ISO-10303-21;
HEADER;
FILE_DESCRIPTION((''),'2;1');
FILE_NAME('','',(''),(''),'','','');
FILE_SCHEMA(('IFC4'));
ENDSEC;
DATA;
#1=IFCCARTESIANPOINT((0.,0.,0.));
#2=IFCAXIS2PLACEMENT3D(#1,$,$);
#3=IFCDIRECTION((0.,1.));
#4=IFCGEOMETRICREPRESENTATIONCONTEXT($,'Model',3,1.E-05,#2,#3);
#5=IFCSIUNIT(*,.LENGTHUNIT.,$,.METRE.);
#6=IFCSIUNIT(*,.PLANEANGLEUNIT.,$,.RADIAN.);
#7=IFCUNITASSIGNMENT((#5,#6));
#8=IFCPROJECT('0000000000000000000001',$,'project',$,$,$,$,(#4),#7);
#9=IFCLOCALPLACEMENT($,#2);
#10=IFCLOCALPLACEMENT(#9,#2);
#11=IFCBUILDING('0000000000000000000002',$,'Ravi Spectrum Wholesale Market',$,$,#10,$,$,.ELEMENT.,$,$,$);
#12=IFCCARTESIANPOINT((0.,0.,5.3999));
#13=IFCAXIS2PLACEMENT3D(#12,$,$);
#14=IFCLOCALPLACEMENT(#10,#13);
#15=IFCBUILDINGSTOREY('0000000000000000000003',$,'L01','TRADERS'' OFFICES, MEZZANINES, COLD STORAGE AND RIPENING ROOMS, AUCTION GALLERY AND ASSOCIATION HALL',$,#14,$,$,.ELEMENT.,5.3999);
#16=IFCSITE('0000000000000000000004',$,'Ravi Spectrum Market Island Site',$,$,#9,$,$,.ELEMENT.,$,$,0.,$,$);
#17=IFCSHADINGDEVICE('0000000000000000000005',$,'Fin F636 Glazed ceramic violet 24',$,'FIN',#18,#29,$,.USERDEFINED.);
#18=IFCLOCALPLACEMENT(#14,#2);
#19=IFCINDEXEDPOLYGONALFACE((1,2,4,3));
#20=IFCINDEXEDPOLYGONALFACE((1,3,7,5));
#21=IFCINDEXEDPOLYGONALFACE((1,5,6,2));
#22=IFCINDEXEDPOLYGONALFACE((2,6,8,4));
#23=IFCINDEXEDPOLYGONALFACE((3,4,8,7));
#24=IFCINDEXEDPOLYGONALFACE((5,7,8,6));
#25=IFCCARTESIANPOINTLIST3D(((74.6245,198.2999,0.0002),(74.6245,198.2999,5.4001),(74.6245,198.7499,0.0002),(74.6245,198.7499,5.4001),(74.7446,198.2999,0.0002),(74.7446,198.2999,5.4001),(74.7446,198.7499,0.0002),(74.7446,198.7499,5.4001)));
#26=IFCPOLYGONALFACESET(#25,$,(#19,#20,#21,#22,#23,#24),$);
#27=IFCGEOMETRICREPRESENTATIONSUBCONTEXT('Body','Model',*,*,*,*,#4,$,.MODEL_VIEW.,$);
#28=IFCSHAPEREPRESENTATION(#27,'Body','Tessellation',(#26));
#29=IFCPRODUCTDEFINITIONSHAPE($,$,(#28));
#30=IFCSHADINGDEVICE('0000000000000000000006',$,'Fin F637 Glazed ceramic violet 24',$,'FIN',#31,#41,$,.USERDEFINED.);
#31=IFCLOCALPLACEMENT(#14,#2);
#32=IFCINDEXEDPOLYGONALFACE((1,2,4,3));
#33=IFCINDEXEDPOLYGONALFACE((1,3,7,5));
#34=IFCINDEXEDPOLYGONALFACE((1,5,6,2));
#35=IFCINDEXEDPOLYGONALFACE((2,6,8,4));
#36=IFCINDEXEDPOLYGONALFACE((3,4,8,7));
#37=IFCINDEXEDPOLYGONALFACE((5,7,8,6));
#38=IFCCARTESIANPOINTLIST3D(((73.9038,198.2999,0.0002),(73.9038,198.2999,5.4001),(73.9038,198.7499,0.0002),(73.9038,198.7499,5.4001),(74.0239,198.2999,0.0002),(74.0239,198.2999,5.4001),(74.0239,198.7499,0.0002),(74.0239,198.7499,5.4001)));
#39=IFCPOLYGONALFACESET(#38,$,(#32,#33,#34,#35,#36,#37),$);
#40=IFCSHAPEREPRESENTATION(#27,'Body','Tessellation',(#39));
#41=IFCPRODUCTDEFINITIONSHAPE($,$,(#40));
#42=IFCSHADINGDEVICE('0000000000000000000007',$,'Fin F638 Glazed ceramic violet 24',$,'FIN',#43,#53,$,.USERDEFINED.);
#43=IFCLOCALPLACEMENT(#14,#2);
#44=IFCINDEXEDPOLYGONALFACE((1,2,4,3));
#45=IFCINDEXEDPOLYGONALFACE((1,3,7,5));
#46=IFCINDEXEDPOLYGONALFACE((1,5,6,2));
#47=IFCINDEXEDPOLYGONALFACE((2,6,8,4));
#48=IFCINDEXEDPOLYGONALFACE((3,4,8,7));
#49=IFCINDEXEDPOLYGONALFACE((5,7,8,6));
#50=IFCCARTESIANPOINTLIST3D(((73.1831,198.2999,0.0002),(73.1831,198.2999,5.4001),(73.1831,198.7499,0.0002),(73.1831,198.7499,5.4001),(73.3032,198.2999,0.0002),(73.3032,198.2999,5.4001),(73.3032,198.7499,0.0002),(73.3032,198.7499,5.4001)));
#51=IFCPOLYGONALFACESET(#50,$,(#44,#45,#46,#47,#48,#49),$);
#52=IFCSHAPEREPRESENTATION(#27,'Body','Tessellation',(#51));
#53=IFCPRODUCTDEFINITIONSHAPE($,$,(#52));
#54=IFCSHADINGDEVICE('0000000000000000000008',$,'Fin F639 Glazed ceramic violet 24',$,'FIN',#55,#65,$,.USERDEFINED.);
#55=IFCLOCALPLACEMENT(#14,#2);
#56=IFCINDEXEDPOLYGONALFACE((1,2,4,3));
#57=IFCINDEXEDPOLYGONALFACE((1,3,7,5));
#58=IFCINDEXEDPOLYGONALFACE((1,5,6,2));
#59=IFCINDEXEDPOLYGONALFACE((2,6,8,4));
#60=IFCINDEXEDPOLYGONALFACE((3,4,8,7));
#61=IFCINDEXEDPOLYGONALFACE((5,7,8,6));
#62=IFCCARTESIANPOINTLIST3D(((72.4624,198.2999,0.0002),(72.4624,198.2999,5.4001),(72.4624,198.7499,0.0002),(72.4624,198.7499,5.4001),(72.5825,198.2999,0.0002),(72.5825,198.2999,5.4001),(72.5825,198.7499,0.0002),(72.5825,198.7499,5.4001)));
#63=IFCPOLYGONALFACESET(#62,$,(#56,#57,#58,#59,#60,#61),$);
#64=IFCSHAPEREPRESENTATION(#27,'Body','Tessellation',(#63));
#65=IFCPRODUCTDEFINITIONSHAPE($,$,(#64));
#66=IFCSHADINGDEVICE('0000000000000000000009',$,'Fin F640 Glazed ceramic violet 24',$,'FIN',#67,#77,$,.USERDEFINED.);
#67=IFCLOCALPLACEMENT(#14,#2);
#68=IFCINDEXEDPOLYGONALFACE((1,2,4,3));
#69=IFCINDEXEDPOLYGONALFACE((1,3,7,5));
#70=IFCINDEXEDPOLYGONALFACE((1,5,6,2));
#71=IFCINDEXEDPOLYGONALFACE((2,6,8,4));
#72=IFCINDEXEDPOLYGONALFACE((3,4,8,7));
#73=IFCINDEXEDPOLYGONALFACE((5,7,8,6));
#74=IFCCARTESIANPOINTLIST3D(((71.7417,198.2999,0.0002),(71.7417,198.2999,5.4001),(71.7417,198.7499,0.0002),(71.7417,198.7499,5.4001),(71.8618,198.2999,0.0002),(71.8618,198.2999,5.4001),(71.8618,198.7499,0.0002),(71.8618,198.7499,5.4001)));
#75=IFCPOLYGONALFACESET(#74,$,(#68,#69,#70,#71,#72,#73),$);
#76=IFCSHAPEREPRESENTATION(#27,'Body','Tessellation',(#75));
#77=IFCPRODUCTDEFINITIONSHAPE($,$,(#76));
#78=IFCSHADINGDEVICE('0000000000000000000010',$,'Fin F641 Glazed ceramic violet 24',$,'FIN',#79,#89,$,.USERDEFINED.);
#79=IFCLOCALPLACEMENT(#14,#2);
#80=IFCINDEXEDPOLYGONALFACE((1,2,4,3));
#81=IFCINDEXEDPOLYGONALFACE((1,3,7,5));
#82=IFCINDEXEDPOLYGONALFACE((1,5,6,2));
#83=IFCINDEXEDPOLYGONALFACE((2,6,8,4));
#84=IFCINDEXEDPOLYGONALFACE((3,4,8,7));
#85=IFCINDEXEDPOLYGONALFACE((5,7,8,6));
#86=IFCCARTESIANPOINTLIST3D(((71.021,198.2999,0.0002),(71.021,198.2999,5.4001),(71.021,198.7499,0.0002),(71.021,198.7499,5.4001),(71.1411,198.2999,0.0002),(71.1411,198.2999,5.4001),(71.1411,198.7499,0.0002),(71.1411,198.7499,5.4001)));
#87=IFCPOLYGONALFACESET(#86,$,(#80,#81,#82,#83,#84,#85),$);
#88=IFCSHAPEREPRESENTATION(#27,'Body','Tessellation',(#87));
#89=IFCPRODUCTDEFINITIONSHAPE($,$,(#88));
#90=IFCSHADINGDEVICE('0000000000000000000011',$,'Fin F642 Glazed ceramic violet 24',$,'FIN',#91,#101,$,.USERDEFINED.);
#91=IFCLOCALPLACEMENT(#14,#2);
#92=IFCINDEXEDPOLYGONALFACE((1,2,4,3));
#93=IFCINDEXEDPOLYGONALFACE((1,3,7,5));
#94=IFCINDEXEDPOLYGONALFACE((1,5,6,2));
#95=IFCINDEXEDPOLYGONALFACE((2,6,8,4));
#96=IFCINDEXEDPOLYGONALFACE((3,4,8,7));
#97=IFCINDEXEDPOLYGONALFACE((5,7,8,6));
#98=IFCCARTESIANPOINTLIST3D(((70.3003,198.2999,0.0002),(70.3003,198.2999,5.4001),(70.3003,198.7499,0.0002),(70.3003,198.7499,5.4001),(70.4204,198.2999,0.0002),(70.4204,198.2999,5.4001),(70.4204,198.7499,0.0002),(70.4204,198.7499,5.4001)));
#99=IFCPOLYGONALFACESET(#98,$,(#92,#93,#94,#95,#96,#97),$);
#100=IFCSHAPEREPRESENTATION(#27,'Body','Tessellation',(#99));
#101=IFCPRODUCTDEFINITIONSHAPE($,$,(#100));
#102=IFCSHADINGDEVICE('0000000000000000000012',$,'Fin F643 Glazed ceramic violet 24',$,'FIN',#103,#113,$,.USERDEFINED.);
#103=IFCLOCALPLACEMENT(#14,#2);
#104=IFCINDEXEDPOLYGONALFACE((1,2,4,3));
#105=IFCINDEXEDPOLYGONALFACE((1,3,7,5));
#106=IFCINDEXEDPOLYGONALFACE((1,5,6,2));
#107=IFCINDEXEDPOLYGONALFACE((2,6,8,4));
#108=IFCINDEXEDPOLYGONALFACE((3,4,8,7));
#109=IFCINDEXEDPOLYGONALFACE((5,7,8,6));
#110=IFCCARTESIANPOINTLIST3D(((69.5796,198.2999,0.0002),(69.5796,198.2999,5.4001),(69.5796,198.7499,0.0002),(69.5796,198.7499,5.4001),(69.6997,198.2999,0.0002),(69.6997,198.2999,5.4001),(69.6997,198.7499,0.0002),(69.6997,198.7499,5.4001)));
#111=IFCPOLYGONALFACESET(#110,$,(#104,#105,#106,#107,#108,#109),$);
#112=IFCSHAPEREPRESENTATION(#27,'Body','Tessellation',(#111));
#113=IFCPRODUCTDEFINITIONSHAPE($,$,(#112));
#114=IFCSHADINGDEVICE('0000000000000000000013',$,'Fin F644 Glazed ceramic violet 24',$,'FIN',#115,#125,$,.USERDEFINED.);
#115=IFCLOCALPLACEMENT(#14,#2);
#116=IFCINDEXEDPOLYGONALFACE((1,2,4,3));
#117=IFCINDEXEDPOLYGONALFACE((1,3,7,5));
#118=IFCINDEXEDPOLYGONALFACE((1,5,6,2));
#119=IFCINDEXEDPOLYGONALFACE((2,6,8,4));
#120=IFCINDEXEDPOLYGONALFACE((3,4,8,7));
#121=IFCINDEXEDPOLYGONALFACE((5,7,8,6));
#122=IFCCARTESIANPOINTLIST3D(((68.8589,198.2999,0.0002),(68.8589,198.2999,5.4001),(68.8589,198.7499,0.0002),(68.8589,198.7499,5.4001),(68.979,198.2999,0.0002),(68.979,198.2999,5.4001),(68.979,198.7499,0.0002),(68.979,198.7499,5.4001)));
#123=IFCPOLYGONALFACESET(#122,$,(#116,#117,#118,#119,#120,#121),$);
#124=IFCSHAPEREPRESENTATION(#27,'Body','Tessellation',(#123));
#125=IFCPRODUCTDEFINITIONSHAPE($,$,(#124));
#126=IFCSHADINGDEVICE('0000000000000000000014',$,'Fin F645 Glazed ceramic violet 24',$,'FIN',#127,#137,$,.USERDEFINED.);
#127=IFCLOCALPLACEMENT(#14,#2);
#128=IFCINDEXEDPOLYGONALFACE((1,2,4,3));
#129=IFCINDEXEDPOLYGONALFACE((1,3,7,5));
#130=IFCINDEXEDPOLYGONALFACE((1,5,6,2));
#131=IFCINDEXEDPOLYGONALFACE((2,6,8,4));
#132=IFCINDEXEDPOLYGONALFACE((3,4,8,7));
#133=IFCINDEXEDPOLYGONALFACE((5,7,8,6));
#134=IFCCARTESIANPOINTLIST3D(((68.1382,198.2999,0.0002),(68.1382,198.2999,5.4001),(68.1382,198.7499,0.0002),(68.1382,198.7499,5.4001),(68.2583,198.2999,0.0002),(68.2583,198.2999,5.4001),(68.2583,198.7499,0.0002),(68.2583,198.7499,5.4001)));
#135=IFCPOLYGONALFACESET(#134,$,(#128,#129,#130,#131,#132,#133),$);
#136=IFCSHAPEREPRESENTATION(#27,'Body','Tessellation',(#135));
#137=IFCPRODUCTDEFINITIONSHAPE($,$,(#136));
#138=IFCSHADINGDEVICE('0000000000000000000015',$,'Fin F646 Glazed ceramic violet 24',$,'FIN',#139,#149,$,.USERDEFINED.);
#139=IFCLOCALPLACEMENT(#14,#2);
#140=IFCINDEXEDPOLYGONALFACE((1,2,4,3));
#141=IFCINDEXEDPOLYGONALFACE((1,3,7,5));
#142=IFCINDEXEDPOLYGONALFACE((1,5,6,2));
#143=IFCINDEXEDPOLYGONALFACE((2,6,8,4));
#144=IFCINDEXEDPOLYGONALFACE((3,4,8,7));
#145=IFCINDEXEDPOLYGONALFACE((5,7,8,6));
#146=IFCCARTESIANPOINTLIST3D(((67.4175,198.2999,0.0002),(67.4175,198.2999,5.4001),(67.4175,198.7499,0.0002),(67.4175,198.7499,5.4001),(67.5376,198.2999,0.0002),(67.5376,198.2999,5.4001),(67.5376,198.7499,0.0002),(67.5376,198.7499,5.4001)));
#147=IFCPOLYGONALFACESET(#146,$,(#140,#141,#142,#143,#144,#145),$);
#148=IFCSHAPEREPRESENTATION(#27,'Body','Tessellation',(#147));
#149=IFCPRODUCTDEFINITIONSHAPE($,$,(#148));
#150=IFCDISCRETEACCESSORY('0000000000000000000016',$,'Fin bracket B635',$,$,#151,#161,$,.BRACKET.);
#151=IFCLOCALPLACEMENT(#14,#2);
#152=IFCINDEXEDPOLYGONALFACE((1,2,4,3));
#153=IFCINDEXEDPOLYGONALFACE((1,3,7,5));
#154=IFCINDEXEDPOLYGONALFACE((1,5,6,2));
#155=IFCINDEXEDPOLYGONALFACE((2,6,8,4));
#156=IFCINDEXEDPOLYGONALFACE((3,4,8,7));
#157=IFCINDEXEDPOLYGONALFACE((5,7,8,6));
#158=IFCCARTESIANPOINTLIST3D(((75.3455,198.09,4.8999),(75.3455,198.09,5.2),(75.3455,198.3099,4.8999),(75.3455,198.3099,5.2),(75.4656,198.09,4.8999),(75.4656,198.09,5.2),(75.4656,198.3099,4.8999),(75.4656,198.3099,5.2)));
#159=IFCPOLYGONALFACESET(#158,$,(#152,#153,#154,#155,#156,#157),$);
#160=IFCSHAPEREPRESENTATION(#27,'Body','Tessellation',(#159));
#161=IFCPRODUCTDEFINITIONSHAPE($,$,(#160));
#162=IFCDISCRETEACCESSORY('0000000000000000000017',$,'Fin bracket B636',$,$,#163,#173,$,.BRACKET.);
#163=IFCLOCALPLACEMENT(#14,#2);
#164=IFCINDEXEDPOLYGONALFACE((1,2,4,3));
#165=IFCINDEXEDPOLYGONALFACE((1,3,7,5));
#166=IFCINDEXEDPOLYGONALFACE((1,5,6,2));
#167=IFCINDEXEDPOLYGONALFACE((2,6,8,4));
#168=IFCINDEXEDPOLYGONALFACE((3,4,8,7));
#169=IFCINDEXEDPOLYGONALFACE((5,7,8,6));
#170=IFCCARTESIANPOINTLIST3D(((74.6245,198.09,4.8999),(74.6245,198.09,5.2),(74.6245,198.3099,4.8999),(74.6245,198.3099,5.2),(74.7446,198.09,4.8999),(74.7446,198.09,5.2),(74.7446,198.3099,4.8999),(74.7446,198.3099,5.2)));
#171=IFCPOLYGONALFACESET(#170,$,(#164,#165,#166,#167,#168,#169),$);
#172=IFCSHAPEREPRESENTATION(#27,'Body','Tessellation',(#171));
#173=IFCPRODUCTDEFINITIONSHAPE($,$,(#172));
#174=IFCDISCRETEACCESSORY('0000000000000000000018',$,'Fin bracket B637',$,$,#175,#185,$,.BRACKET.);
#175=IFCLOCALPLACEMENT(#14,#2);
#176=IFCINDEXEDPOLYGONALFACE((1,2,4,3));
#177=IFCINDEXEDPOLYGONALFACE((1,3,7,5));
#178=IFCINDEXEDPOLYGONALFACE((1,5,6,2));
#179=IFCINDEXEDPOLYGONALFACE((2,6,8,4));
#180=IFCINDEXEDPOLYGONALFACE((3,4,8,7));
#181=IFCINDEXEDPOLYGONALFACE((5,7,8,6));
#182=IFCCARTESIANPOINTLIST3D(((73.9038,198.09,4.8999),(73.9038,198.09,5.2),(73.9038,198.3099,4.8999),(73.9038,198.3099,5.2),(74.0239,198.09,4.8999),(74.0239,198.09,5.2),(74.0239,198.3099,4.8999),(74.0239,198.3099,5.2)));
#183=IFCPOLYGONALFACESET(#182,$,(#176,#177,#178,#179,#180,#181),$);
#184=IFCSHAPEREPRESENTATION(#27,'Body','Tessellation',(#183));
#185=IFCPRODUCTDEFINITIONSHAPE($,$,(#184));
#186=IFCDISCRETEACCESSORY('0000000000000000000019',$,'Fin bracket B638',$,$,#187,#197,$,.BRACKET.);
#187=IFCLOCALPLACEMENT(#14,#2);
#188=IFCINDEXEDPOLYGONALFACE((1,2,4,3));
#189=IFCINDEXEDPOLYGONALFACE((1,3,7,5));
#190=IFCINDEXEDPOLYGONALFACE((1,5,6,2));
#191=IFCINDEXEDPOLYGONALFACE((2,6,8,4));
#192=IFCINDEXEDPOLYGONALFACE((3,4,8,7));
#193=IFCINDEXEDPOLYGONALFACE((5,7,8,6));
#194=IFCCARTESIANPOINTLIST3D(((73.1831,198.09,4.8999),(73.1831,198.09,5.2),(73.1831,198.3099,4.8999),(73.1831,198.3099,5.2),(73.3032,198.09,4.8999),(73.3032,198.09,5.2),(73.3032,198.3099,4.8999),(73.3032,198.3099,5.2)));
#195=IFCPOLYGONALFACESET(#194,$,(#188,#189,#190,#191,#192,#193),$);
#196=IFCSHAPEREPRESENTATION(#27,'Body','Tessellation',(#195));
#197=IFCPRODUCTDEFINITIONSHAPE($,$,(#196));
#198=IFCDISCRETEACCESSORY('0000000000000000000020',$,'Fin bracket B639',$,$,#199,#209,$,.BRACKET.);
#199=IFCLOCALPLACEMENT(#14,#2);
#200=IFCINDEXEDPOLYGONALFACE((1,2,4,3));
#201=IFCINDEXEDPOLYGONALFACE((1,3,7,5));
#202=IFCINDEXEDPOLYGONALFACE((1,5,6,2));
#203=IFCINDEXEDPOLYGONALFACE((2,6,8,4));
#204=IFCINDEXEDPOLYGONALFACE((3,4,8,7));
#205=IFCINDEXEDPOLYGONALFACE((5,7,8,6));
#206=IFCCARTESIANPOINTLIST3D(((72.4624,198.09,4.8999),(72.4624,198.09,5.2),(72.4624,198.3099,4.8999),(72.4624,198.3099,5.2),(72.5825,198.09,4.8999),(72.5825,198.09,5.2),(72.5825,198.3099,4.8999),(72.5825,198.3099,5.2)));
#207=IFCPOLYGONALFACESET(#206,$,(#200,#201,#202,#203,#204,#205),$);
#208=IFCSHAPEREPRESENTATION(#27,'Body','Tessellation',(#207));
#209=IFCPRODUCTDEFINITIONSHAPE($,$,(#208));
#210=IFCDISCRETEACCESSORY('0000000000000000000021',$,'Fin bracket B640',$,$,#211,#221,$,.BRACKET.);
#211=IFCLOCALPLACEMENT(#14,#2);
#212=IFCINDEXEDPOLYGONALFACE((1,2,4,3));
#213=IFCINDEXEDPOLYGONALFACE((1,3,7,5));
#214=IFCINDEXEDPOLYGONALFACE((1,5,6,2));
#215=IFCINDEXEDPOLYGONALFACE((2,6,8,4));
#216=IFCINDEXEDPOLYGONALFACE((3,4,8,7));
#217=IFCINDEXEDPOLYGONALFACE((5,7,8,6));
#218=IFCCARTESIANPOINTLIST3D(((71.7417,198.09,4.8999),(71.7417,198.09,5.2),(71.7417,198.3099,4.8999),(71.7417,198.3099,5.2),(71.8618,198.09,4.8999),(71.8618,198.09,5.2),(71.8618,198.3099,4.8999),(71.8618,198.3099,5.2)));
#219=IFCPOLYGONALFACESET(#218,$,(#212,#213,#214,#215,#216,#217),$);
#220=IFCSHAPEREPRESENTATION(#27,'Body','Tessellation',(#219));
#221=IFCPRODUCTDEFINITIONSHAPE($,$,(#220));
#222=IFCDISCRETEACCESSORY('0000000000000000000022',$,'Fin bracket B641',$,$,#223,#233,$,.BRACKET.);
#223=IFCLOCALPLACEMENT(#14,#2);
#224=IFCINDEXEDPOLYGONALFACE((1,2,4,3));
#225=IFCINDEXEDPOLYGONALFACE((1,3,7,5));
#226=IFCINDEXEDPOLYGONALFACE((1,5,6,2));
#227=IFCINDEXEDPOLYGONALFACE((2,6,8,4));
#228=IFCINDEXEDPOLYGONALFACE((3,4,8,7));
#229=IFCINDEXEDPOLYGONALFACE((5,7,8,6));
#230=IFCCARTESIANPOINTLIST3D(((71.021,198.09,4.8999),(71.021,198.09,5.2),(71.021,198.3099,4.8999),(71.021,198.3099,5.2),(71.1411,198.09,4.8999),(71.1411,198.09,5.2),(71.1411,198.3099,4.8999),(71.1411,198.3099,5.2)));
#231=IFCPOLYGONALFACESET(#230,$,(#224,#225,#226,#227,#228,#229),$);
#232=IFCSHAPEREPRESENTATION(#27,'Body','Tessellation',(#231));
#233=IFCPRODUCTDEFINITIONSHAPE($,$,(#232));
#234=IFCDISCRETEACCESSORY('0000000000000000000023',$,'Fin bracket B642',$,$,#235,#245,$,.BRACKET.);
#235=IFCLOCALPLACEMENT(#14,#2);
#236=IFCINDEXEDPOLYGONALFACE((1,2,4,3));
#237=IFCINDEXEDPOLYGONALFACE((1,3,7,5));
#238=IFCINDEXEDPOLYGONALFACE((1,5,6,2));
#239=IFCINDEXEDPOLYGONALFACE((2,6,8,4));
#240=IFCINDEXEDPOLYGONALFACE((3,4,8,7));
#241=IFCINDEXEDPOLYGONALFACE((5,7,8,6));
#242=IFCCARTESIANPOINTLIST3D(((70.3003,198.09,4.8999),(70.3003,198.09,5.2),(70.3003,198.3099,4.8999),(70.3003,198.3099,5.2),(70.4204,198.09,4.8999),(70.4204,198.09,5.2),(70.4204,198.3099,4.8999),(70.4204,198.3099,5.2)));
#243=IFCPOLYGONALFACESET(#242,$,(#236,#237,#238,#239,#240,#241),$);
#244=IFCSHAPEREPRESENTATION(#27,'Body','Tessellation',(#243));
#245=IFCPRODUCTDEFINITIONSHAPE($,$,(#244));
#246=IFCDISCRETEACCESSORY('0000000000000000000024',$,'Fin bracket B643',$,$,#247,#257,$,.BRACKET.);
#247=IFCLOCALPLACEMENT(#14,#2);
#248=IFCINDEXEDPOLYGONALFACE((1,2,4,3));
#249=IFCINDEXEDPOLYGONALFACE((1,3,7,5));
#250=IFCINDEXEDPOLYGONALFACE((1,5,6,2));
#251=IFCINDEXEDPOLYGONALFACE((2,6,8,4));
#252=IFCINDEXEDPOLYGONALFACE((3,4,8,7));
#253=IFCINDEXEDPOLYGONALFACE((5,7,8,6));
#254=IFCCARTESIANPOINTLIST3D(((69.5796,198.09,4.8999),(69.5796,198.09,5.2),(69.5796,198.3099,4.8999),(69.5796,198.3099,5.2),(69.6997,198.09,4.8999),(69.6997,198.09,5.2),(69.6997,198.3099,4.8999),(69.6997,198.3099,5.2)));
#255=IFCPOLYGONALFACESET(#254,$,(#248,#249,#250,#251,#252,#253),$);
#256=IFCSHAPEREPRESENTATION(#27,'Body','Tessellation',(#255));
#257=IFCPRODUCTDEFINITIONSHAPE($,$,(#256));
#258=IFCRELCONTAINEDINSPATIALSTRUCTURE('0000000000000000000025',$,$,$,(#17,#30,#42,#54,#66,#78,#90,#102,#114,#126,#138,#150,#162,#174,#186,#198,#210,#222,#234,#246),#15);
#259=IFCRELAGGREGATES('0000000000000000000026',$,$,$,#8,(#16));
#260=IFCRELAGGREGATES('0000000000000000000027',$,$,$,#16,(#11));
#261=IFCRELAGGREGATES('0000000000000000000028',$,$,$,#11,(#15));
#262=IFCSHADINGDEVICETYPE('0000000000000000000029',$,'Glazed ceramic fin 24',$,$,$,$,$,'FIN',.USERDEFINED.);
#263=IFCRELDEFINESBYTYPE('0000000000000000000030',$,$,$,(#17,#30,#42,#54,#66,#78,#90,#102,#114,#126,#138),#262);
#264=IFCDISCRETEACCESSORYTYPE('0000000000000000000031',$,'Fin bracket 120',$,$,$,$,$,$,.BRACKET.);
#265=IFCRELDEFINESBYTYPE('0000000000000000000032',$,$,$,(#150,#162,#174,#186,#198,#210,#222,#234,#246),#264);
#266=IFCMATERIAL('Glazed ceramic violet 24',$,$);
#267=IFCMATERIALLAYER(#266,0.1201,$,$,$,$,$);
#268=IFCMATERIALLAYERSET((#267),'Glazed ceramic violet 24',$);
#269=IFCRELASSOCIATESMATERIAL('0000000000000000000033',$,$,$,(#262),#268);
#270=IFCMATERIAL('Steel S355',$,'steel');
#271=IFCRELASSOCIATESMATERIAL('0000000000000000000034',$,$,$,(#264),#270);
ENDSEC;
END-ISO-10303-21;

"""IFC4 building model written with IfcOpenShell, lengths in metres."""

from ifc_helpers import new_model, si_unit, direction, frame, origin, origin_2d, place, context, subcontext, project, spatial, rectangle, extrude, material, layer, layer_set, type_object, element, save


model = new_model("IFC4")

# Units and contexts
model_context = context("Model", 3, precision=1e-05, world=origin(), true_north=direction((0.0, 1.0)))
body_context = subcontext(model_context, "Body", "Model", "MODEL_VIEW")
ifc_project = project(units=[si_unit("LENGTHUNIT", "METRE"), si_unit("PLANEANGLEUNIT", "RADIAN")], contexts=[model_context])

# Site, building, storey
site_placement = place(None, origin())
site = spatial("IfcSite", under=ifc_project, at=site_placement, Name="Ravi Spectrum Market Island Site", CompositionType="ELEMENT", RefElevation=0.0)
building_placement = place(site_placement, origin())
building = spatial("IfcBuilding", under=site, at=building_placement, Name="Ravi Spectrum Wholesale Market", CompositionType="ELEMENT")
storey_placement = place(building_placement, frame((0.0, 0.0, 5.3999)))
storey = spatial("IfcBuildingStorey", under=building, at=storey_placement, Name="L01", Description="TRADERS' OFFICES, MEZZANINES, COLD STORAGE AND RIPENING ROOMS, AUCTION GALLERY AND ASSOCIATION HALL", CompositionType="ELEMENT", Elevation=5.3999)

# Shading devices
ifc_material_1 = material(Name="Glazed ceramic violet 24")
ifc_layer = layer(ifc_material_1, 0.1201)
ifc_layer_set = layer_set([ifc_layer], Name="Glazed ceramic violet 24")
shading_device_type = type_object("IfcShadingDeviceType", Name="Glazed ceramic fin 24", ElementType="FIN", PredefinedType="USERDEFINED", material=ifc_layer_set)
for number, where, z_axis, x_axis, name in (
    (1, (74.6846, 198.5249, 0.0002), (0.0, 0.0, 1.0), (-1.0, 0.0, 0.0), "Fin F636 Glazed ceramic violet 24"),
    (2, (73.9639, 198.5249, 0.0002), (0.0, 0.0, 1.0), (-1.0, 0.0, 0.0), "Fin F637 Glazed ceramic violet 24"),
    (3, (73.2432, 198.5249, 0.0002), (0.0, 0.0, 1.0), (-1.0, 0.0, 0.0), "Fin F638 Glazed ceramic violet 24"),
    (4, (72.5225, 198.5249, 0.0002), (0.0, 0.0, 1.0), (-1.0, 0.0, 0.0), "Fin F639 Glazed ceramic violet 24"),
    (5, (71.8018, 198.5249, 0.0002), (0.0, 0.0, 1.0), (-1.0, 0.0, 0.0), "Fin F640 Glazed ceramic violet 24"),
    (6, (71.0811, 198.5249, 0.0002), (0.0, 0.0, 1.0), (-1.0, 0.0, 0.0), "Fin F641 Glazed ceramic violet 24"),
    (7, (70.3604, 198.5249, 0.0002), (0.0, 0.0, 1.0), (-1.0, 0.0, 0.0), "Fin F642 Glazed ceramic violet 24"),
    (8, (69.6396, 198.5249, 0.0002), (0.0, 0.0, 1.0), (-1.0, 0.0, 0.0), "Fin F643 Glazed ceramic violet 24"),
    (9, (68.9189, 198.5249, 0.0002), (0.0, 0.0, 1.0), (-1.0, 0.0, 0.0), "Fin F644 Glazed ceramic violet 24"),
    (10, (68.1982, 198.5249, 0.0002), (0.0, 0.0, 1.0), (-1.0, 0.0, 0.0), "Fin F645 Glazed ceramic violet 24"),
    (11, (67.4775, 198.5249, 0.0002), (0.0, 0.0, 1.0), (-1.0, 0.0, 0.0), "Fin F646 Glazed ceramic violet 24"),
):
    element("IfcShadingDevice", number, at=place(storey_placement, frame(where, z_axis=z_axis, x_axis=x_axis)), inside=storey, type_object=shading_device_type, Name=name, ObjectType="FIN", PredefinedType="USERDEFINED", context=body_context, shape_type="SweptSolid", body=[
        extrude(rectangle(XDim=0.1201, YDim=0.45, at=origin_2d()), origin(), (0.0, 0.0, 1.0), 5.3999),
    ])

# Discrete accessories
ifc_material_2 = material(Name="Steel S355", Category="steel")
discrete_accessory_type = type_object("IfcDiscreteAccessoryType", Name="Fin bracket 120", PredefinedType="BRACKET", material=ifc_material_2)
for number, where, z_axis, x_axis, name in (
    (12, (75.4055, 198.2, 4.8999), (0.0, 0.0, 1.0), (-1.0, 0.0, 0.0), "Fin bracket B635"),
    (13, (74.6846, 198.2, 4.8999), (0.0, 0.0, 1.0), (-1.0, 0.0, 0.0), "Fin bracket B636"),
    (14, (73.9639, 198.2, 4.8999), (0.0, 0.0, 1.0), (-1.0, 0.0, 0.0), "Fin bracket B637"),
    (15, (73.2432, 198.2, 4.8999), (0.0, 0.0, 1.0), (-1.0, 0.0, 0.0), "Fin bracket B638"),
    (16, (72.5225, 198.2, 4.8999), (0.0, 0.0, 1.0), (-1.0, 0.0, 0.0), "Fin bracket B639"),
    (17, (71.8018, 198.2, 4.8999), (0.0, 0.0, 1.0), (-1.0, 0.0, 0.0), "Fin bracket B640"),
    (18, (71.0811, 198.2, 4.8999), (0.0, 0.0, 1.0), (-1.0, 0.0, 0.0), "Fin bracket B641"),
    (19, (70.3604, 198.2, 4.8999), (0.0, 0.0, 1.0), (-1.0, 0.0, 0.0), "Fin bracket B642"),
    (20, (69.6396, 198.2, 4.8999), (0.0, 0.0, 1.0), (-1.0, 0.0, 0.0), "Fin bracket B643"),
):
    element("IfcDiscreteAccessory", number, at=place(storey_placement, frame(where, z_axis=z_axis, x_axis=x_axis)), inside=storey, type_object=discrete_accessory_type, Name=name, PredefinedType="BRACKET", context=body_context, shape_type="SweptSolid", body=[
        extrude(rectangle(XDim=0.1201, YDim=0.22, at=origin_2d()), origin(), (0.0, 0.0, 1.0), 0.3),
    ])

save(model, "model.ifc")
